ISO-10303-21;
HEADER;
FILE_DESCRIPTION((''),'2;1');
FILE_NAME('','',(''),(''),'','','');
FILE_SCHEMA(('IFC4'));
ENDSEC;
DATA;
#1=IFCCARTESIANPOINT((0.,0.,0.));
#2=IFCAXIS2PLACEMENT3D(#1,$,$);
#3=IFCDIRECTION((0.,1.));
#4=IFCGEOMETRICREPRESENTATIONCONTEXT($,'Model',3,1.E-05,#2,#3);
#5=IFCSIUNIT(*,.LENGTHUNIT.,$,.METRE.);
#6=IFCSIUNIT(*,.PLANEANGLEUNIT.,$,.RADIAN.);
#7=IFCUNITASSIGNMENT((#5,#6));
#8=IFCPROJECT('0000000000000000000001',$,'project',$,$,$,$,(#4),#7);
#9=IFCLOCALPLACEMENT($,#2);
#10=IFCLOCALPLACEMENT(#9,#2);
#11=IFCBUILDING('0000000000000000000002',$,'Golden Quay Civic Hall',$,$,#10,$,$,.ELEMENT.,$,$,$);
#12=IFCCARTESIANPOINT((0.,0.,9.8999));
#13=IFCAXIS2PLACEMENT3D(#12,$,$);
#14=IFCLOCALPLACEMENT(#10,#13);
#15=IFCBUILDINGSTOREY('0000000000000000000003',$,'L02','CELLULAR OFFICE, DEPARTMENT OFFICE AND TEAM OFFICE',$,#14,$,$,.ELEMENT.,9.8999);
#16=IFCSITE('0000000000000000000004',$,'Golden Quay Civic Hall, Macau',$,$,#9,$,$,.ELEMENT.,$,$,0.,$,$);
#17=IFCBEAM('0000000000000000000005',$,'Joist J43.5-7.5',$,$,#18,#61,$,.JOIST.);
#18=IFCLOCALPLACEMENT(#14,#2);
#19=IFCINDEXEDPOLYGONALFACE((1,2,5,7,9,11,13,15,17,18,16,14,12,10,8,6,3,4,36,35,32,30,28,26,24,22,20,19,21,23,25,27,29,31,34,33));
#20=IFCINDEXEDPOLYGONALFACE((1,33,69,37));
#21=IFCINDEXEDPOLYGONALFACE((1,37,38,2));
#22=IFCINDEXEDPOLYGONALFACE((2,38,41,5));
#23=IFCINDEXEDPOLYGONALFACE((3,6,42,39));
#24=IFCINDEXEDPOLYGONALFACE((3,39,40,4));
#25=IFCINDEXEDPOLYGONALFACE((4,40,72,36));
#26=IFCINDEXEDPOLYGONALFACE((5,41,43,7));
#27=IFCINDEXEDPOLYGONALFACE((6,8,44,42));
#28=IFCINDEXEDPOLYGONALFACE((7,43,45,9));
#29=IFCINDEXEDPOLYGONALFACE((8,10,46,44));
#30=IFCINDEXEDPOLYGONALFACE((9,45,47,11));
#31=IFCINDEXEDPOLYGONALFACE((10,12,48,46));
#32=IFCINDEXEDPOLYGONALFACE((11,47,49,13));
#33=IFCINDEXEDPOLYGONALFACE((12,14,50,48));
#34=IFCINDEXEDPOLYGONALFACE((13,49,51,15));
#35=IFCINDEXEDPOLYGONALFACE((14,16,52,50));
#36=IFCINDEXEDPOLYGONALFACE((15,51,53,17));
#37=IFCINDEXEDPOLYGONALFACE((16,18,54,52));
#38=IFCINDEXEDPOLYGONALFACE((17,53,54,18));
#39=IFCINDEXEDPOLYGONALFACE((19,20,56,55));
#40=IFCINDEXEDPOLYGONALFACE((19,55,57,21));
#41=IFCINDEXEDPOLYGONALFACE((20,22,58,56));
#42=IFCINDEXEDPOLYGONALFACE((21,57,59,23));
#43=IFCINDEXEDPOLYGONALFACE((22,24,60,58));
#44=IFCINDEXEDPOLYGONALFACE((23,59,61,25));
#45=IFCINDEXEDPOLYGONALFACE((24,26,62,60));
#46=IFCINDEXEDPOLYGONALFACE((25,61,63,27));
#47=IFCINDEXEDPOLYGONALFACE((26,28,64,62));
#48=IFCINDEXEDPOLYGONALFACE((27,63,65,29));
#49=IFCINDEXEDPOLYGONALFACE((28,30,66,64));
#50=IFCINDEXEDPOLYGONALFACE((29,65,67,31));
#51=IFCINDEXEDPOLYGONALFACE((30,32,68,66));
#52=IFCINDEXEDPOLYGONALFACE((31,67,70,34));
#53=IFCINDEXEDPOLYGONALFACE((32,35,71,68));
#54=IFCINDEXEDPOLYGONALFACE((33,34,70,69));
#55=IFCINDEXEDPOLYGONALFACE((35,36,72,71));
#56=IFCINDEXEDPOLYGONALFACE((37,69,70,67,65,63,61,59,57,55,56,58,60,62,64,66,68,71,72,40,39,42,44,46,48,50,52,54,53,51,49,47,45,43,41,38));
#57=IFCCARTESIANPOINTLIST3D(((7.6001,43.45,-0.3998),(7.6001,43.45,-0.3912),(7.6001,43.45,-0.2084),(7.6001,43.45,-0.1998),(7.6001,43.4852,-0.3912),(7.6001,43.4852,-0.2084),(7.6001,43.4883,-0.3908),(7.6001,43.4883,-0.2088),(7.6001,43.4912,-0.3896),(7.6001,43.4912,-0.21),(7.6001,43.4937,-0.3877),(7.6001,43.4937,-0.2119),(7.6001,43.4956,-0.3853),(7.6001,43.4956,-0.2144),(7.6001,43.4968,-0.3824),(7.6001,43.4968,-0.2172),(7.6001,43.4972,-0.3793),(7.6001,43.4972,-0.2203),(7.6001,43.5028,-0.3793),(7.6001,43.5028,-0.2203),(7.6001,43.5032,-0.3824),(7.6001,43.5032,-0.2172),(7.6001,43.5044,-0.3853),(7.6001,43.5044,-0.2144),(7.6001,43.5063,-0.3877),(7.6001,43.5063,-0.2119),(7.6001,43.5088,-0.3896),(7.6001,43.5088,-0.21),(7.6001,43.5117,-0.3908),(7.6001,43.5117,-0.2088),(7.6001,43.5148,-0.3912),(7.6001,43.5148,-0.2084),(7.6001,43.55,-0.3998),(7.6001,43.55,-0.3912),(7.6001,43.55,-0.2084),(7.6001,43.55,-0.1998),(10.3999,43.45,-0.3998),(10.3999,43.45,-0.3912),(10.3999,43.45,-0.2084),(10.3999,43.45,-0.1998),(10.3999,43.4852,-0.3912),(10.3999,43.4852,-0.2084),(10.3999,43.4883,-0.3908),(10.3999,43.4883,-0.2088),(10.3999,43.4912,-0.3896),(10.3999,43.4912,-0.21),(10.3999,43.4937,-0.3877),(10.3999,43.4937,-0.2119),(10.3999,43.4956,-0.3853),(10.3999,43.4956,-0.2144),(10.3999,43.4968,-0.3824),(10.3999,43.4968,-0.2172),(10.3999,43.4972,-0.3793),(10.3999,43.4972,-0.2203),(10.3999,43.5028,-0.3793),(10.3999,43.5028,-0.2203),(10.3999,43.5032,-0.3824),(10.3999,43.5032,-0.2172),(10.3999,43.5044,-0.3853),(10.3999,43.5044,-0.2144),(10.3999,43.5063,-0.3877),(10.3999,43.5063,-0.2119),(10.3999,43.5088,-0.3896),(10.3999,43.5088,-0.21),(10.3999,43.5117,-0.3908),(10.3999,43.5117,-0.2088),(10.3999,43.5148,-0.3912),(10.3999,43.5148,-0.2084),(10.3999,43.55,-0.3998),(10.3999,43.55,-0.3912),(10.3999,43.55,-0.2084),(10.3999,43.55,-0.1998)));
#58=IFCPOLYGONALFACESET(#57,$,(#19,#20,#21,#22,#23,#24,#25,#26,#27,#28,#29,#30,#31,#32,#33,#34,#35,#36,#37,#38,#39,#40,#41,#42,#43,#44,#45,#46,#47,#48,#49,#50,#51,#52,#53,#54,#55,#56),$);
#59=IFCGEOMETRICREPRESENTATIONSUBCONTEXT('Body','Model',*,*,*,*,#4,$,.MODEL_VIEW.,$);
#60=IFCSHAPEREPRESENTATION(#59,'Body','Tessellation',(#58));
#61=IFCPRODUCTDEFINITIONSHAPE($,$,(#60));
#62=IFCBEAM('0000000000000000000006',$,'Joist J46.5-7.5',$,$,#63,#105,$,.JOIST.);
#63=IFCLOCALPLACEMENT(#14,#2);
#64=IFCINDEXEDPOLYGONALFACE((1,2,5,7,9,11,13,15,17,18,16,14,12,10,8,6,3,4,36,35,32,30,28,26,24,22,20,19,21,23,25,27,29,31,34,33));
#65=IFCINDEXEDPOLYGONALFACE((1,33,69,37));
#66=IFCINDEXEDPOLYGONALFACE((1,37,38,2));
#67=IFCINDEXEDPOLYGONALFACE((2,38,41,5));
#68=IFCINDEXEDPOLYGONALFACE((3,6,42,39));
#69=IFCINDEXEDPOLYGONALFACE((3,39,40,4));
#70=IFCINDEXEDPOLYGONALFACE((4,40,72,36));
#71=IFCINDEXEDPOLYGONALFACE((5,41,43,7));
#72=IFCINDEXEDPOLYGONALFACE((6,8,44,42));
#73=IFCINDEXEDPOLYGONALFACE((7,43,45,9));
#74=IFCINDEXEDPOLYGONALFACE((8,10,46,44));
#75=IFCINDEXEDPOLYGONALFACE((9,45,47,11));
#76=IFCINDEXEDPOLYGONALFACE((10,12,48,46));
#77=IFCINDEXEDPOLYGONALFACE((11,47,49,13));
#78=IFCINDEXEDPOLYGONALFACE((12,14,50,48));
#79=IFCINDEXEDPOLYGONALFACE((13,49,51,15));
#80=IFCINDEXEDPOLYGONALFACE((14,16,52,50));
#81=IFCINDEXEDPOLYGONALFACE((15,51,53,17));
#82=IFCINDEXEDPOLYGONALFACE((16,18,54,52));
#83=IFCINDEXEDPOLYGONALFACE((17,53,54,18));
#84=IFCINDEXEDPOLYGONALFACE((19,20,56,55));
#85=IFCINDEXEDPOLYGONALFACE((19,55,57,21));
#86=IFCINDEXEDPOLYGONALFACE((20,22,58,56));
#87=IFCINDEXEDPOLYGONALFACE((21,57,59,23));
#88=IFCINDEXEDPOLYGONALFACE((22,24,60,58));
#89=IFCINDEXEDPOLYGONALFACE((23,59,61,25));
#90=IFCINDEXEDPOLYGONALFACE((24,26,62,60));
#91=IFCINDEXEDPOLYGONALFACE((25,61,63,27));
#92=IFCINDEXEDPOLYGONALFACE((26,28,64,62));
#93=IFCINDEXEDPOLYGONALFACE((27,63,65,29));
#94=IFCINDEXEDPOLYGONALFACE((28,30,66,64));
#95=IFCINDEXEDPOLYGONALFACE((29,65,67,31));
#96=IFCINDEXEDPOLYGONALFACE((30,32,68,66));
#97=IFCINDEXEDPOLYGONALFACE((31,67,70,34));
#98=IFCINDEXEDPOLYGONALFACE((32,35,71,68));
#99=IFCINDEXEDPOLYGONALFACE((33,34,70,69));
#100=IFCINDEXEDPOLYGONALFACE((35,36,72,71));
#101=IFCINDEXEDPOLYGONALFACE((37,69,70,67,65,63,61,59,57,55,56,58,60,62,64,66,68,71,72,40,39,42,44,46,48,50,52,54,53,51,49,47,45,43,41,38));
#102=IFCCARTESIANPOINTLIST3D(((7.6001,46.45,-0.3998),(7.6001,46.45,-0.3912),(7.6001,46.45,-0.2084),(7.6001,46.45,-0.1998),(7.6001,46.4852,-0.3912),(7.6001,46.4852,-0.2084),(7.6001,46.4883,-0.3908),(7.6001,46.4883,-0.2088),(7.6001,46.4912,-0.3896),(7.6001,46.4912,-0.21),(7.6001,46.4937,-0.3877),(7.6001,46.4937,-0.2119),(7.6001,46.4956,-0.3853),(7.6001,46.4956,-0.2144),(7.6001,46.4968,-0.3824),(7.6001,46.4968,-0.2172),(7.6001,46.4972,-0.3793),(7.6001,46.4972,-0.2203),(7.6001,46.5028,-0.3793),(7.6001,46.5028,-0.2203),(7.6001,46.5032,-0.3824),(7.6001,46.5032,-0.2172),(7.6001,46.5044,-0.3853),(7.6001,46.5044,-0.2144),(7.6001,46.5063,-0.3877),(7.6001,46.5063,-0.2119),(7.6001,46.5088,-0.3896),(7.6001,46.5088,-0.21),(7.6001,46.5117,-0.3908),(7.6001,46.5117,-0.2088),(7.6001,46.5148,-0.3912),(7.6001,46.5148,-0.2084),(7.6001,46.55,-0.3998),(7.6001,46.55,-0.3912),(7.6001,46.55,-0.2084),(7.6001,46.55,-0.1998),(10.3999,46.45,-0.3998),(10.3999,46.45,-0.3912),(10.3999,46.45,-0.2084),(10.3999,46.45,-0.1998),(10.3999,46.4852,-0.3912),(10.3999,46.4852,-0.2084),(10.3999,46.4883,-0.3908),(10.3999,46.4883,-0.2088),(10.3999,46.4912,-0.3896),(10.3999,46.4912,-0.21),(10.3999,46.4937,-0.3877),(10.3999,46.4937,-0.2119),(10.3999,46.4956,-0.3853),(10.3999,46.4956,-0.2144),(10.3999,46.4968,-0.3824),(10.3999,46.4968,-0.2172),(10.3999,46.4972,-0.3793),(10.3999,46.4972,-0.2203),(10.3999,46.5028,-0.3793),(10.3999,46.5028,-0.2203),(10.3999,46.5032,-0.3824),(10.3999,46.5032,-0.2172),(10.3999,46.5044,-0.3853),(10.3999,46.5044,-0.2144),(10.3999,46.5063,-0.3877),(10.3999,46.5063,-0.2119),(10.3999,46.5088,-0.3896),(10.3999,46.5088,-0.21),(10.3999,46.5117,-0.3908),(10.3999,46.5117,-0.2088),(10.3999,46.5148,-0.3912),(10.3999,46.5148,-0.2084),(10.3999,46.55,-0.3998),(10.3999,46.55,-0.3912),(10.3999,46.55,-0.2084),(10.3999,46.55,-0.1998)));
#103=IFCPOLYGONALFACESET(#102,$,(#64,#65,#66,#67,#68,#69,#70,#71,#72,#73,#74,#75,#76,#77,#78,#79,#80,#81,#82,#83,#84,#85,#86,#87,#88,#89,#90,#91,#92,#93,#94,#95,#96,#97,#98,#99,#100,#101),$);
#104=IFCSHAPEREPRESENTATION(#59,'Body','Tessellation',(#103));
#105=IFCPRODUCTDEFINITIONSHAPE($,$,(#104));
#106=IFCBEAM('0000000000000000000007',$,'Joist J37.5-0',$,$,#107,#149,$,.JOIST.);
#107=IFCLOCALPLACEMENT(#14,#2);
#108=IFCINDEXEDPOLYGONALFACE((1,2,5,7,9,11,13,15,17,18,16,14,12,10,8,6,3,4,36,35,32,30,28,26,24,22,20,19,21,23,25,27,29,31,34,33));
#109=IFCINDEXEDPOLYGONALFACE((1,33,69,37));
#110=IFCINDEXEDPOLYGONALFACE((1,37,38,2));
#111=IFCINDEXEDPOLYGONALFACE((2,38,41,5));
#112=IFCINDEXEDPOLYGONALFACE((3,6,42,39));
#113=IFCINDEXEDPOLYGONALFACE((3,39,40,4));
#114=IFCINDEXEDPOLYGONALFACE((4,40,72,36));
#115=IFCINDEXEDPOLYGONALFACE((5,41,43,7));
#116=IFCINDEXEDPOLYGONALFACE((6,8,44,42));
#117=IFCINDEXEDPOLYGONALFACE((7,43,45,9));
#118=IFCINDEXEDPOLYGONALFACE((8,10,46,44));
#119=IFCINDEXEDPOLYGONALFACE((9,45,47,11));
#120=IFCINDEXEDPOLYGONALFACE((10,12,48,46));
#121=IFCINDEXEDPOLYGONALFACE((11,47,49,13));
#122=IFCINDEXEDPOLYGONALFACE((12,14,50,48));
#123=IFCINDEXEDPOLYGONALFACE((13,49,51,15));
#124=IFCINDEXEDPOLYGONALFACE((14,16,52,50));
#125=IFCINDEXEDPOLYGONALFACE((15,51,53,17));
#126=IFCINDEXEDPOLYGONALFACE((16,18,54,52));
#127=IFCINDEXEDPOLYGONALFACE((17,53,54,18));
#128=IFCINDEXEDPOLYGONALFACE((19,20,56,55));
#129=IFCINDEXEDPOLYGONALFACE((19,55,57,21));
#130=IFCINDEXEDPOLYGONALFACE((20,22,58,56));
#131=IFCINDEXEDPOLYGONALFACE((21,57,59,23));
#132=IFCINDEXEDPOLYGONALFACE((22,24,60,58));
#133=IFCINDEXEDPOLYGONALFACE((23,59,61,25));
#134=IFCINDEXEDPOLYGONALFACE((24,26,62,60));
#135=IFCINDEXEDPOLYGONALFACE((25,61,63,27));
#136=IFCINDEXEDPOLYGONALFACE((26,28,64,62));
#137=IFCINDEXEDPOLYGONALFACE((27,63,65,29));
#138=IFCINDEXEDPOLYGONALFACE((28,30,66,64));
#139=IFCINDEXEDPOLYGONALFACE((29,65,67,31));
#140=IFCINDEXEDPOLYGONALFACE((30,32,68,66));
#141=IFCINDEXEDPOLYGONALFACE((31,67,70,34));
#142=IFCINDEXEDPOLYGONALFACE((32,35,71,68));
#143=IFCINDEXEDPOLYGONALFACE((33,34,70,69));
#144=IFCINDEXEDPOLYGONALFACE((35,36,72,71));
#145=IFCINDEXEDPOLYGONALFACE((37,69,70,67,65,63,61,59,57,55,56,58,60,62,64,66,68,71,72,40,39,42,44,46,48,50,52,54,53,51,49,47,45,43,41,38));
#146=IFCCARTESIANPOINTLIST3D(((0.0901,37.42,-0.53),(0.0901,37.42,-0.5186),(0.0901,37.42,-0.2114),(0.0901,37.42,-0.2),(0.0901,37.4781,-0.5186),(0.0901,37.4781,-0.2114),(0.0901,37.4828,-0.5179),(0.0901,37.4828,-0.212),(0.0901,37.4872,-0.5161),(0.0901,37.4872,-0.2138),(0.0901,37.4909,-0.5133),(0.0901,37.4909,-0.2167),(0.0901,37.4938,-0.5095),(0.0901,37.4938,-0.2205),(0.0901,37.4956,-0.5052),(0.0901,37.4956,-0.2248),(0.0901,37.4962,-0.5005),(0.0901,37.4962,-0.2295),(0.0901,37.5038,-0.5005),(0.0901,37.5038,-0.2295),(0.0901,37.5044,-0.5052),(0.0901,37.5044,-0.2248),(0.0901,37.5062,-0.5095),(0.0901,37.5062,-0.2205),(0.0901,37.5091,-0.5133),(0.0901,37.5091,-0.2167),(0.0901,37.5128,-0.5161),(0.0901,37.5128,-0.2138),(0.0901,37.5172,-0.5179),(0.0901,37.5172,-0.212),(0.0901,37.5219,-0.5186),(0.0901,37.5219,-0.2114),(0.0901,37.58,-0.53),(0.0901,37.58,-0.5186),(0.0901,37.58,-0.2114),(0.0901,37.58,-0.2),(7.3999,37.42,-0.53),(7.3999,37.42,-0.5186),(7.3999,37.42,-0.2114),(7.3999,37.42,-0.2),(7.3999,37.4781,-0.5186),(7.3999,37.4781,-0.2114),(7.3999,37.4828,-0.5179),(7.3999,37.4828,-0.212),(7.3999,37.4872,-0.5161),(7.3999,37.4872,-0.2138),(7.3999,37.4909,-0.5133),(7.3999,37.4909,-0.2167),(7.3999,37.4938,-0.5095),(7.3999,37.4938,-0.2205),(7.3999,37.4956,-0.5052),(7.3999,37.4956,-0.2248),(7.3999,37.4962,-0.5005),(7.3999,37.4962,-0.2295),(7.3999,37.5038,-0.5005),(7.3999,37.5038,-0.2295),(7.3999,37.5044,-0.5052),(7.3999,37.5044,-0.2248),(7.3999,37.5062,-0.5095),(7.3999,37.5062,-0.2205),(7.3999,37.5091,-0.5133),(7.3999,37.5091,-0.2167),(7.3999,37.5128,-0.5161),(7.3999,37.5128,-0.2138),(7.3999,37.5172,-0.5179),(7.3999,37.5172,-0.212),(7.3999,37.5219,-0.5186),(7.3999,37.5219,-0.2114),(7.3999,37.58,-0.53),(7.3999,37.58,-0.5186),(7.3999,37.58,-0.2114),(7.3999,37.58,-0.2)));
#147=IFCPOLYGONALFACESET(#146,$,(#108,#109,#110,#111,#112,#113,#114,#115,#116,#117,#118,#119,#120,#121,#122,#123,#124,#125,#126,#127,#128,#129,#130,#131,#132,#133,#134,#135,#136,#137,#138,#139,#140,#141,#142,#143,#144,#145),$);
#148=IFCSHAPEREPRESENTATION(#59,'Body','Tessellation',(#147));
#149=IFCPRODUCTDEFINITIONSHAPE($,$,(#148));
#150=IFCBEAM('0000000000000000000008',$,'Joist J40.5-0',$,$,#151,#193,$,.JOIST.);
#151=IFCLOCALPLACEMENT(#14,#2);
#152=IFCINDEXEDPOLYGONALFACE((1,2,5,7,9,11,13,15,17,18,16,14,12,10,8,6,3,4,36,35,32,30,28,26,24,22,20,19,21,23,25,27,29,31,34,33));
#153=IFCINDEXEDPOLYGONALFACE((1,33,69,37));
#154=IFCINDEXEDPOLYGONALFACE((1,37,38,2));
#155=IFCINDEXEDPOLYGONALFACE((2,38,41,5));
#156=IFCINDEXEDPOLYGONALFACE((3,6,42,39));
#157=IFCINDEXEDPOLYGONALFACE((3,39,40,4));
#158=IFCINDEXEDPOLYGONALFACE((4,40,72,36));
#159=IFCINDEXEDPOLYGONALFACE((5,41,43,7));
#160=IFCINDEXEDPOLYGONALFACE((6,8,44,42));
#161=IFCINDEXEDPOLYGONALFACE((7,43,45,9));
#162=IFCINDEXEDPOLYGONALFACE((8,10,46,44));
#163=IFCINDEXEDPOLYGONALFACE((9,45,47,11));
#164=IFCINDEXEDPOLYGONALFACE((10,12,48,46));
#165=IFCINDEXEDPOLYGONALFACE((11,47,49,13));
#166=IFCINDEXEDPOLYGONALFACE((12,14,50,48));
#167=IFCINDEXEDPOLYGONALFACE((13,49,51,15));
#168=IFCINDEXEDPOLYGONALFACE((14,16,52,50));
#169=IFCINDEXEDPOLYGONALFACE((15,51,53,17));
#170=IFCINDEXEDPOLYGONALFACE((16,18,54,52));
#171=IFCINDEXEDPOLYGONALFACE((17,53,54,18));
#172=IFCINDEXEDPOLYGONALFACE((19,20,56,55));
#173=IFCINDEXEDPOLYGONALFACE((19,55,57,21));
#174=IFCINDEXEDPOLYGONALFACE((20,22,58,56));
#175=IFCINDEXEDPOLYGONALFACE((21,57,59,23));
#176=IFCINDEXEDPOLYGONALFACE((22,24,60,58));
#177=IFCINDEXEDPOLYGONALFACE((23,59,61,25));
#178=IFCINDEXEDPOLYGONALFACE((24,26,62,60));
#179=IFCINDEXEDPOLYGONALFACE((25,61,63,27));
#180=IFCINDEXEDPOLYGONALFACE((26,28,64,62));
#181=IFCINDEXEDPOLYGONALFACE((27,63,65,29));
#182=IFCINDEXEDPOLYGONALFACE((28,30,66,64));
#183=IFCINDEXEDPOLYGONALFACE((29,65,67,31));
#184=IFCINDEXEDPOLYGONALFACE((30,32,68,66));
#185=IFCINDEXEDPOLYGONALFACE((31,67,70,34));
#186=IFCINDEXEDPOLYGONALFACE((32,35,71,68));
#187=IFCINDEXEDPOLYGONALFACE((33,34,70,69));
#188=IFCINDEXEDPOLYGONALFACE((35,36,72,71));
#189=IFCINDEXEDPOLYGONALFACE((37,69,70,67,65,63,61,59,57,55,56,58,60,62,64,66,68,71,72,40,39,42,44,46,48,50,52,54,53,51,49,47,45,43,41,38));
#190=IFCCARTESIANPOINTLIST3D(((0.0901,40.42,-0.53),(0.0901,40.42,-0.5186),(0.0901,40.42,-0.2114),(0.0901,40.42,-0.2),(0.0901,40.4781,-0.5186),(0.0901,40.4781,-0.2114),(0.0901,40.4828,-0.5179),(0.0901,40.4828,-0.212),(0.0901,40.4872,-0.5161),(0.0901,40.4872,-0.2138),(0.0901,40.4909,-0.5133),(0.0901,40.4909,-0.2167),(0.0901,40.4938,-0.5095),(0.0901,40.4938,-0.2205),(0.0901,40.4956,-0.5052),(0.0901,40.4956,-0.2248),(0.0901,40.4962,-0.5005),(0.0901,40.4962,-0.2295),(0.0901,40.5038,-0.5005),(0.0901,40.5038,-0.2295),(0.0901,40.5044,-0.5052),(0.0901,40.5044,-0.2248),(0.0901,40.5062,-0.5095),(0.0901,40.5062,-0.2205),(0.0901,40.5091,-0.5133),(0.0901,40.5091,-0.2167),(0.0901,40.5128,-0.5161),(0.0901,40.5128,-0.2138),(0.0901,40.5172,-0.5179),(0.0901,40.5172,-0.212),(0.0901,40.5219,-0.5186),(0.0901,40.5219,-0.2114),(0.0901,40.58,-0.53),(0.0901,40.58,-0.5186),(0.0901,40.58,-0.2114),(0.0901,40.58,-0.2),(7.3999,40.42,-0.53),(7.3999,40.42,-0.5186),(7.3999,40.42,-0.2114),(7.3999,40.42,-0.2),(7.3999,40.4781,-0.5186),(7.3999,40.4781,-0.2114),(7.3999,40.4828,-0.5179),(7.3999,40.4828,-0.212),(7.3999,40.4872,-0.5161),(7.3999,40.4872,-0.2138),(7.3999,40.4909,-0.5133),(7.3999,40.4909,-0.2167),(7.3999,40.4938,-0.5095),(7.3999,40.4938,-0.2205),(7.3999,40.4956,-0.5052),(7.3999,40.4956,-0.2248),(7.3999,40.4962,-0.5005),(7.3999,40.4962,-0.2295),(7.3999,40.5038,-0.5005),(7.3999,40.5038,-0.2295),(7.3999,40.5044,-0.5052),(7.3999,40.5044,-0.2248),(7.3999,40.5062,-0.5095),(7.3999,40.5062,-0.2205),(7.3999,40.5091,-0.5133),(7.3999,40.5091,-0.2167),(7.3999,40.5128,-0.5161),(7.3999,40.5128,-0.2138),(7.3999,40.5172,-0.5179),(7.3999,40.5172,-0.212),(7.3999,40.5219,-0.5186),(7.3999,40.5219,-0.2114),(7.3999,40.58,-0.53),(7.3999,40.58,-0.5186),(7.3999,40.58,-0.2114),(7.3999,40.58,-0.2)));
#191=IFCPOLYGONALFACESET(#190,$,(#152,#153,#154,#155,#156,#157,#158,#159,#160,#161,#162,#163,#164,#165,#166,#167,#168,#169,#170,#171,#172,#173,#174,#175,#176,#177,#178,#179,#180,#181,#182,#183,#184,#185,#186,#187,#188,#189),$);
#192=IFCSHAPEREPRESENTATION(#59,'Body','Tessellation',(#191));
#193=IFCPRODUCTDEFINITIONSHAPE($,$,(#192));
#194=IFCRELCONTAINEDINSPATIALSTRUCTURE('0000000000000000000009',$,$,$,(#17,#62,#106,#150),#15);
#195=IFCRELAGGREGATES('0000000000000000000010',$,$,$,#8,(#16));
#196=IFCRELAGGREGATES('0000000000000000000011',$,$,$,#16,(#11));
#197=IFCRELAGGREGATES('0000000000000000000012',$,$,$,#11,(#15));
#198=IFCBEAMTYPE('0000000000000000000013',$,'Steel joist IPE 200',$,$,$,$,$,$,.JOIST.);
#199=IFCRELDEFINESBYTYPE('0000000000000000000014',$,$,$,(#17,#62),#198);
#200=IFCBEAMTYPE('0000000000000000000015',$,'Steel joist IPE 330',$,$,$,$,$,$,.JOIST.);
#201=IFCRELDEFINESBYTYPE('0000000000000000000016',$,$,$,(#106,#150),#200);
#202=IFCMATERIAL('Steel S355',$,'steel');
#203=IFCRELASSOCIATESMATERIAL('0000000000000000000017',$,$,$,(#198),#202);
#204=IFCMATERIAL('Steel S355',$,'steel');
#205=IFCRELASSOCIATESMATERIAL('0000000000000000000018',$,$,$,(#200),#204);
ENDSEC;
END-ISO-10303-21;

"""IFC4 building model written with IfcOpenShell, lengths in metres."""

from ifc_helpers import new_model, si_unit, direction, frame, origin, origin_2d, place, context, subcontext, project, spatial, i_section, extrude, material, material_profile, profile_set, type_object, element, save


model = new_model("IFC4")

# Units and contexts
model_context = context("Model", 3, precision=1e-05, world=origin(), true_north=direction((0.0, 1.0)))
body_context = subcontext(model_context, "Body", "Model", "MODEL_VIEW")
ifc_project = project(units=[si_unit("LENGTHUNIT", "METRE"), si_unit("PLANEANGLEUNIT", "RADIAN")], contexts=[model_context])

# Site, building, storey
site_placement = place(None, origin())
site = spatial("IfcSite", under=ifc_project, at=site_placement, Name="Golden Quay Civic Hall, Macau", CompositionType="ELEMENT", RefElevation=0.0)
building_placement = place(site_placement, origin())
building = spatial("IfcBuilding", under=site, at=building_placement, Name="Golden Quay Civic Hall", CompositionType="ELEMENT")
storey_placement = place(building_placement, frame((0.0, 0.0, 9.8999)))
storey = spatial("IfcBuildingStorey", under=building, at=storey_placement, Name="L02", Description="CELLULAR OFFICE, DEPARTMENT OFFICE AND TEAM OFFICE", CompositionType="ELEMENT", Elevation=9.8999)

# Beams
ifc_material_1 = material(Name="Steel S355", Category="steel")
ifc_material_profile_1 = material_profile(ifc_material_1, i_section(OverallWidth=0.1001, OverallDepth=0.2, WebThickness=0.0056, FlangeThickness=0.0085, FilletRadius=0.012, at=origin_2d()), Name="IPE 200")
ifc_profile_set_1 = profile_set([ifc_material_profile_1], Name="Steel S355")
beam_type_1 = type_object("IfcBeamType", Name="Steel joist IPE 200", PredefinedType="JOIST", material=ifc_profile_set_1)
for number, where, z_axis, x_axis, name in (
    (1, (7.6001, 43.5, -0.2998), (1.0, 0.0, 0.0), (0.0, 1.0, 0.0), "Joist J43.5-7.5"),
    (2, (7.6001, 46.5, -0.2998), (1.0, 0.0, 0.0), (0.0, 1.0, 0.0), "Joist J46.5-7.5"),
):
    element("IfcBeam", number, at=place(storey_placement, frame(where, z_axis=z_axis, x_axis=x_axis)), inside=storey, type_object=beam_type_1, Name=name, PredefinedType="JOIST", context=body_context, shape_type="SweptSolid", body=[
        extrude(i_section(OverallWidth=0.1001, OverallDepth=0.2, WebThickness=0.0056, FlangeThickness=0.0085, FilletRadius=0.012, at=origin_2d()), origin(), (0.0, 0.0, 1.0), 2.7998),
    ])
ifc_material_2 = material(Name="Steel S355", Category="steel")
ifc_material_profile_2 = material_profile(ifc_material_2, i_section(OverallWidth=0.1599, OverallDepth=0.3301, WebThickness=0.0076, FlangeThickness=0.0115, FilletRadius=0.0181, at=origin_2d()), Name="IPE 330")
ifc_profile_set_2 = profile_set([ifc_material_profile_2], Name="Steel S355")
beam_type_2 = type_object("IfcBeamType", Name="Steel joist IPE 330", PredefinedType="JOIST", material=ifc_profile_set_2)
for number, where, z_axis, x_axis, name in (
    (3, (0.0901, 37.5, -0.365), (1.0, 0.0, 0.0), (0.0, 1.0, 0.0), "Joist J37.5-0"),
    (4, (0.0901, 40.5, -0.365), (1.0, 0.0, 0.0), (0.0, 1.0, 0.0), "Joist J40.5-0"),
):
    element("IfcBeam", number, at=place(storey_placement, frame(where, z_axis=z_axis, x_axis=x_axis)), inside=storey, type_object=beam_type_2, Name=name, PredefinedType="JOIST", context=body_context, shape_type="SweptSolid", body=[
        extrude(i_section(OverallWidth=0.1599, OverallDepth=0.3301, WebThickness=0.0076, FlangeThickness=0.0115, FilletRadius=0.0181, at=origin_2d()), origin(), (0.0, 0.0, 1.0), 7.3098),
    ])

save(model, "model.ifc")
